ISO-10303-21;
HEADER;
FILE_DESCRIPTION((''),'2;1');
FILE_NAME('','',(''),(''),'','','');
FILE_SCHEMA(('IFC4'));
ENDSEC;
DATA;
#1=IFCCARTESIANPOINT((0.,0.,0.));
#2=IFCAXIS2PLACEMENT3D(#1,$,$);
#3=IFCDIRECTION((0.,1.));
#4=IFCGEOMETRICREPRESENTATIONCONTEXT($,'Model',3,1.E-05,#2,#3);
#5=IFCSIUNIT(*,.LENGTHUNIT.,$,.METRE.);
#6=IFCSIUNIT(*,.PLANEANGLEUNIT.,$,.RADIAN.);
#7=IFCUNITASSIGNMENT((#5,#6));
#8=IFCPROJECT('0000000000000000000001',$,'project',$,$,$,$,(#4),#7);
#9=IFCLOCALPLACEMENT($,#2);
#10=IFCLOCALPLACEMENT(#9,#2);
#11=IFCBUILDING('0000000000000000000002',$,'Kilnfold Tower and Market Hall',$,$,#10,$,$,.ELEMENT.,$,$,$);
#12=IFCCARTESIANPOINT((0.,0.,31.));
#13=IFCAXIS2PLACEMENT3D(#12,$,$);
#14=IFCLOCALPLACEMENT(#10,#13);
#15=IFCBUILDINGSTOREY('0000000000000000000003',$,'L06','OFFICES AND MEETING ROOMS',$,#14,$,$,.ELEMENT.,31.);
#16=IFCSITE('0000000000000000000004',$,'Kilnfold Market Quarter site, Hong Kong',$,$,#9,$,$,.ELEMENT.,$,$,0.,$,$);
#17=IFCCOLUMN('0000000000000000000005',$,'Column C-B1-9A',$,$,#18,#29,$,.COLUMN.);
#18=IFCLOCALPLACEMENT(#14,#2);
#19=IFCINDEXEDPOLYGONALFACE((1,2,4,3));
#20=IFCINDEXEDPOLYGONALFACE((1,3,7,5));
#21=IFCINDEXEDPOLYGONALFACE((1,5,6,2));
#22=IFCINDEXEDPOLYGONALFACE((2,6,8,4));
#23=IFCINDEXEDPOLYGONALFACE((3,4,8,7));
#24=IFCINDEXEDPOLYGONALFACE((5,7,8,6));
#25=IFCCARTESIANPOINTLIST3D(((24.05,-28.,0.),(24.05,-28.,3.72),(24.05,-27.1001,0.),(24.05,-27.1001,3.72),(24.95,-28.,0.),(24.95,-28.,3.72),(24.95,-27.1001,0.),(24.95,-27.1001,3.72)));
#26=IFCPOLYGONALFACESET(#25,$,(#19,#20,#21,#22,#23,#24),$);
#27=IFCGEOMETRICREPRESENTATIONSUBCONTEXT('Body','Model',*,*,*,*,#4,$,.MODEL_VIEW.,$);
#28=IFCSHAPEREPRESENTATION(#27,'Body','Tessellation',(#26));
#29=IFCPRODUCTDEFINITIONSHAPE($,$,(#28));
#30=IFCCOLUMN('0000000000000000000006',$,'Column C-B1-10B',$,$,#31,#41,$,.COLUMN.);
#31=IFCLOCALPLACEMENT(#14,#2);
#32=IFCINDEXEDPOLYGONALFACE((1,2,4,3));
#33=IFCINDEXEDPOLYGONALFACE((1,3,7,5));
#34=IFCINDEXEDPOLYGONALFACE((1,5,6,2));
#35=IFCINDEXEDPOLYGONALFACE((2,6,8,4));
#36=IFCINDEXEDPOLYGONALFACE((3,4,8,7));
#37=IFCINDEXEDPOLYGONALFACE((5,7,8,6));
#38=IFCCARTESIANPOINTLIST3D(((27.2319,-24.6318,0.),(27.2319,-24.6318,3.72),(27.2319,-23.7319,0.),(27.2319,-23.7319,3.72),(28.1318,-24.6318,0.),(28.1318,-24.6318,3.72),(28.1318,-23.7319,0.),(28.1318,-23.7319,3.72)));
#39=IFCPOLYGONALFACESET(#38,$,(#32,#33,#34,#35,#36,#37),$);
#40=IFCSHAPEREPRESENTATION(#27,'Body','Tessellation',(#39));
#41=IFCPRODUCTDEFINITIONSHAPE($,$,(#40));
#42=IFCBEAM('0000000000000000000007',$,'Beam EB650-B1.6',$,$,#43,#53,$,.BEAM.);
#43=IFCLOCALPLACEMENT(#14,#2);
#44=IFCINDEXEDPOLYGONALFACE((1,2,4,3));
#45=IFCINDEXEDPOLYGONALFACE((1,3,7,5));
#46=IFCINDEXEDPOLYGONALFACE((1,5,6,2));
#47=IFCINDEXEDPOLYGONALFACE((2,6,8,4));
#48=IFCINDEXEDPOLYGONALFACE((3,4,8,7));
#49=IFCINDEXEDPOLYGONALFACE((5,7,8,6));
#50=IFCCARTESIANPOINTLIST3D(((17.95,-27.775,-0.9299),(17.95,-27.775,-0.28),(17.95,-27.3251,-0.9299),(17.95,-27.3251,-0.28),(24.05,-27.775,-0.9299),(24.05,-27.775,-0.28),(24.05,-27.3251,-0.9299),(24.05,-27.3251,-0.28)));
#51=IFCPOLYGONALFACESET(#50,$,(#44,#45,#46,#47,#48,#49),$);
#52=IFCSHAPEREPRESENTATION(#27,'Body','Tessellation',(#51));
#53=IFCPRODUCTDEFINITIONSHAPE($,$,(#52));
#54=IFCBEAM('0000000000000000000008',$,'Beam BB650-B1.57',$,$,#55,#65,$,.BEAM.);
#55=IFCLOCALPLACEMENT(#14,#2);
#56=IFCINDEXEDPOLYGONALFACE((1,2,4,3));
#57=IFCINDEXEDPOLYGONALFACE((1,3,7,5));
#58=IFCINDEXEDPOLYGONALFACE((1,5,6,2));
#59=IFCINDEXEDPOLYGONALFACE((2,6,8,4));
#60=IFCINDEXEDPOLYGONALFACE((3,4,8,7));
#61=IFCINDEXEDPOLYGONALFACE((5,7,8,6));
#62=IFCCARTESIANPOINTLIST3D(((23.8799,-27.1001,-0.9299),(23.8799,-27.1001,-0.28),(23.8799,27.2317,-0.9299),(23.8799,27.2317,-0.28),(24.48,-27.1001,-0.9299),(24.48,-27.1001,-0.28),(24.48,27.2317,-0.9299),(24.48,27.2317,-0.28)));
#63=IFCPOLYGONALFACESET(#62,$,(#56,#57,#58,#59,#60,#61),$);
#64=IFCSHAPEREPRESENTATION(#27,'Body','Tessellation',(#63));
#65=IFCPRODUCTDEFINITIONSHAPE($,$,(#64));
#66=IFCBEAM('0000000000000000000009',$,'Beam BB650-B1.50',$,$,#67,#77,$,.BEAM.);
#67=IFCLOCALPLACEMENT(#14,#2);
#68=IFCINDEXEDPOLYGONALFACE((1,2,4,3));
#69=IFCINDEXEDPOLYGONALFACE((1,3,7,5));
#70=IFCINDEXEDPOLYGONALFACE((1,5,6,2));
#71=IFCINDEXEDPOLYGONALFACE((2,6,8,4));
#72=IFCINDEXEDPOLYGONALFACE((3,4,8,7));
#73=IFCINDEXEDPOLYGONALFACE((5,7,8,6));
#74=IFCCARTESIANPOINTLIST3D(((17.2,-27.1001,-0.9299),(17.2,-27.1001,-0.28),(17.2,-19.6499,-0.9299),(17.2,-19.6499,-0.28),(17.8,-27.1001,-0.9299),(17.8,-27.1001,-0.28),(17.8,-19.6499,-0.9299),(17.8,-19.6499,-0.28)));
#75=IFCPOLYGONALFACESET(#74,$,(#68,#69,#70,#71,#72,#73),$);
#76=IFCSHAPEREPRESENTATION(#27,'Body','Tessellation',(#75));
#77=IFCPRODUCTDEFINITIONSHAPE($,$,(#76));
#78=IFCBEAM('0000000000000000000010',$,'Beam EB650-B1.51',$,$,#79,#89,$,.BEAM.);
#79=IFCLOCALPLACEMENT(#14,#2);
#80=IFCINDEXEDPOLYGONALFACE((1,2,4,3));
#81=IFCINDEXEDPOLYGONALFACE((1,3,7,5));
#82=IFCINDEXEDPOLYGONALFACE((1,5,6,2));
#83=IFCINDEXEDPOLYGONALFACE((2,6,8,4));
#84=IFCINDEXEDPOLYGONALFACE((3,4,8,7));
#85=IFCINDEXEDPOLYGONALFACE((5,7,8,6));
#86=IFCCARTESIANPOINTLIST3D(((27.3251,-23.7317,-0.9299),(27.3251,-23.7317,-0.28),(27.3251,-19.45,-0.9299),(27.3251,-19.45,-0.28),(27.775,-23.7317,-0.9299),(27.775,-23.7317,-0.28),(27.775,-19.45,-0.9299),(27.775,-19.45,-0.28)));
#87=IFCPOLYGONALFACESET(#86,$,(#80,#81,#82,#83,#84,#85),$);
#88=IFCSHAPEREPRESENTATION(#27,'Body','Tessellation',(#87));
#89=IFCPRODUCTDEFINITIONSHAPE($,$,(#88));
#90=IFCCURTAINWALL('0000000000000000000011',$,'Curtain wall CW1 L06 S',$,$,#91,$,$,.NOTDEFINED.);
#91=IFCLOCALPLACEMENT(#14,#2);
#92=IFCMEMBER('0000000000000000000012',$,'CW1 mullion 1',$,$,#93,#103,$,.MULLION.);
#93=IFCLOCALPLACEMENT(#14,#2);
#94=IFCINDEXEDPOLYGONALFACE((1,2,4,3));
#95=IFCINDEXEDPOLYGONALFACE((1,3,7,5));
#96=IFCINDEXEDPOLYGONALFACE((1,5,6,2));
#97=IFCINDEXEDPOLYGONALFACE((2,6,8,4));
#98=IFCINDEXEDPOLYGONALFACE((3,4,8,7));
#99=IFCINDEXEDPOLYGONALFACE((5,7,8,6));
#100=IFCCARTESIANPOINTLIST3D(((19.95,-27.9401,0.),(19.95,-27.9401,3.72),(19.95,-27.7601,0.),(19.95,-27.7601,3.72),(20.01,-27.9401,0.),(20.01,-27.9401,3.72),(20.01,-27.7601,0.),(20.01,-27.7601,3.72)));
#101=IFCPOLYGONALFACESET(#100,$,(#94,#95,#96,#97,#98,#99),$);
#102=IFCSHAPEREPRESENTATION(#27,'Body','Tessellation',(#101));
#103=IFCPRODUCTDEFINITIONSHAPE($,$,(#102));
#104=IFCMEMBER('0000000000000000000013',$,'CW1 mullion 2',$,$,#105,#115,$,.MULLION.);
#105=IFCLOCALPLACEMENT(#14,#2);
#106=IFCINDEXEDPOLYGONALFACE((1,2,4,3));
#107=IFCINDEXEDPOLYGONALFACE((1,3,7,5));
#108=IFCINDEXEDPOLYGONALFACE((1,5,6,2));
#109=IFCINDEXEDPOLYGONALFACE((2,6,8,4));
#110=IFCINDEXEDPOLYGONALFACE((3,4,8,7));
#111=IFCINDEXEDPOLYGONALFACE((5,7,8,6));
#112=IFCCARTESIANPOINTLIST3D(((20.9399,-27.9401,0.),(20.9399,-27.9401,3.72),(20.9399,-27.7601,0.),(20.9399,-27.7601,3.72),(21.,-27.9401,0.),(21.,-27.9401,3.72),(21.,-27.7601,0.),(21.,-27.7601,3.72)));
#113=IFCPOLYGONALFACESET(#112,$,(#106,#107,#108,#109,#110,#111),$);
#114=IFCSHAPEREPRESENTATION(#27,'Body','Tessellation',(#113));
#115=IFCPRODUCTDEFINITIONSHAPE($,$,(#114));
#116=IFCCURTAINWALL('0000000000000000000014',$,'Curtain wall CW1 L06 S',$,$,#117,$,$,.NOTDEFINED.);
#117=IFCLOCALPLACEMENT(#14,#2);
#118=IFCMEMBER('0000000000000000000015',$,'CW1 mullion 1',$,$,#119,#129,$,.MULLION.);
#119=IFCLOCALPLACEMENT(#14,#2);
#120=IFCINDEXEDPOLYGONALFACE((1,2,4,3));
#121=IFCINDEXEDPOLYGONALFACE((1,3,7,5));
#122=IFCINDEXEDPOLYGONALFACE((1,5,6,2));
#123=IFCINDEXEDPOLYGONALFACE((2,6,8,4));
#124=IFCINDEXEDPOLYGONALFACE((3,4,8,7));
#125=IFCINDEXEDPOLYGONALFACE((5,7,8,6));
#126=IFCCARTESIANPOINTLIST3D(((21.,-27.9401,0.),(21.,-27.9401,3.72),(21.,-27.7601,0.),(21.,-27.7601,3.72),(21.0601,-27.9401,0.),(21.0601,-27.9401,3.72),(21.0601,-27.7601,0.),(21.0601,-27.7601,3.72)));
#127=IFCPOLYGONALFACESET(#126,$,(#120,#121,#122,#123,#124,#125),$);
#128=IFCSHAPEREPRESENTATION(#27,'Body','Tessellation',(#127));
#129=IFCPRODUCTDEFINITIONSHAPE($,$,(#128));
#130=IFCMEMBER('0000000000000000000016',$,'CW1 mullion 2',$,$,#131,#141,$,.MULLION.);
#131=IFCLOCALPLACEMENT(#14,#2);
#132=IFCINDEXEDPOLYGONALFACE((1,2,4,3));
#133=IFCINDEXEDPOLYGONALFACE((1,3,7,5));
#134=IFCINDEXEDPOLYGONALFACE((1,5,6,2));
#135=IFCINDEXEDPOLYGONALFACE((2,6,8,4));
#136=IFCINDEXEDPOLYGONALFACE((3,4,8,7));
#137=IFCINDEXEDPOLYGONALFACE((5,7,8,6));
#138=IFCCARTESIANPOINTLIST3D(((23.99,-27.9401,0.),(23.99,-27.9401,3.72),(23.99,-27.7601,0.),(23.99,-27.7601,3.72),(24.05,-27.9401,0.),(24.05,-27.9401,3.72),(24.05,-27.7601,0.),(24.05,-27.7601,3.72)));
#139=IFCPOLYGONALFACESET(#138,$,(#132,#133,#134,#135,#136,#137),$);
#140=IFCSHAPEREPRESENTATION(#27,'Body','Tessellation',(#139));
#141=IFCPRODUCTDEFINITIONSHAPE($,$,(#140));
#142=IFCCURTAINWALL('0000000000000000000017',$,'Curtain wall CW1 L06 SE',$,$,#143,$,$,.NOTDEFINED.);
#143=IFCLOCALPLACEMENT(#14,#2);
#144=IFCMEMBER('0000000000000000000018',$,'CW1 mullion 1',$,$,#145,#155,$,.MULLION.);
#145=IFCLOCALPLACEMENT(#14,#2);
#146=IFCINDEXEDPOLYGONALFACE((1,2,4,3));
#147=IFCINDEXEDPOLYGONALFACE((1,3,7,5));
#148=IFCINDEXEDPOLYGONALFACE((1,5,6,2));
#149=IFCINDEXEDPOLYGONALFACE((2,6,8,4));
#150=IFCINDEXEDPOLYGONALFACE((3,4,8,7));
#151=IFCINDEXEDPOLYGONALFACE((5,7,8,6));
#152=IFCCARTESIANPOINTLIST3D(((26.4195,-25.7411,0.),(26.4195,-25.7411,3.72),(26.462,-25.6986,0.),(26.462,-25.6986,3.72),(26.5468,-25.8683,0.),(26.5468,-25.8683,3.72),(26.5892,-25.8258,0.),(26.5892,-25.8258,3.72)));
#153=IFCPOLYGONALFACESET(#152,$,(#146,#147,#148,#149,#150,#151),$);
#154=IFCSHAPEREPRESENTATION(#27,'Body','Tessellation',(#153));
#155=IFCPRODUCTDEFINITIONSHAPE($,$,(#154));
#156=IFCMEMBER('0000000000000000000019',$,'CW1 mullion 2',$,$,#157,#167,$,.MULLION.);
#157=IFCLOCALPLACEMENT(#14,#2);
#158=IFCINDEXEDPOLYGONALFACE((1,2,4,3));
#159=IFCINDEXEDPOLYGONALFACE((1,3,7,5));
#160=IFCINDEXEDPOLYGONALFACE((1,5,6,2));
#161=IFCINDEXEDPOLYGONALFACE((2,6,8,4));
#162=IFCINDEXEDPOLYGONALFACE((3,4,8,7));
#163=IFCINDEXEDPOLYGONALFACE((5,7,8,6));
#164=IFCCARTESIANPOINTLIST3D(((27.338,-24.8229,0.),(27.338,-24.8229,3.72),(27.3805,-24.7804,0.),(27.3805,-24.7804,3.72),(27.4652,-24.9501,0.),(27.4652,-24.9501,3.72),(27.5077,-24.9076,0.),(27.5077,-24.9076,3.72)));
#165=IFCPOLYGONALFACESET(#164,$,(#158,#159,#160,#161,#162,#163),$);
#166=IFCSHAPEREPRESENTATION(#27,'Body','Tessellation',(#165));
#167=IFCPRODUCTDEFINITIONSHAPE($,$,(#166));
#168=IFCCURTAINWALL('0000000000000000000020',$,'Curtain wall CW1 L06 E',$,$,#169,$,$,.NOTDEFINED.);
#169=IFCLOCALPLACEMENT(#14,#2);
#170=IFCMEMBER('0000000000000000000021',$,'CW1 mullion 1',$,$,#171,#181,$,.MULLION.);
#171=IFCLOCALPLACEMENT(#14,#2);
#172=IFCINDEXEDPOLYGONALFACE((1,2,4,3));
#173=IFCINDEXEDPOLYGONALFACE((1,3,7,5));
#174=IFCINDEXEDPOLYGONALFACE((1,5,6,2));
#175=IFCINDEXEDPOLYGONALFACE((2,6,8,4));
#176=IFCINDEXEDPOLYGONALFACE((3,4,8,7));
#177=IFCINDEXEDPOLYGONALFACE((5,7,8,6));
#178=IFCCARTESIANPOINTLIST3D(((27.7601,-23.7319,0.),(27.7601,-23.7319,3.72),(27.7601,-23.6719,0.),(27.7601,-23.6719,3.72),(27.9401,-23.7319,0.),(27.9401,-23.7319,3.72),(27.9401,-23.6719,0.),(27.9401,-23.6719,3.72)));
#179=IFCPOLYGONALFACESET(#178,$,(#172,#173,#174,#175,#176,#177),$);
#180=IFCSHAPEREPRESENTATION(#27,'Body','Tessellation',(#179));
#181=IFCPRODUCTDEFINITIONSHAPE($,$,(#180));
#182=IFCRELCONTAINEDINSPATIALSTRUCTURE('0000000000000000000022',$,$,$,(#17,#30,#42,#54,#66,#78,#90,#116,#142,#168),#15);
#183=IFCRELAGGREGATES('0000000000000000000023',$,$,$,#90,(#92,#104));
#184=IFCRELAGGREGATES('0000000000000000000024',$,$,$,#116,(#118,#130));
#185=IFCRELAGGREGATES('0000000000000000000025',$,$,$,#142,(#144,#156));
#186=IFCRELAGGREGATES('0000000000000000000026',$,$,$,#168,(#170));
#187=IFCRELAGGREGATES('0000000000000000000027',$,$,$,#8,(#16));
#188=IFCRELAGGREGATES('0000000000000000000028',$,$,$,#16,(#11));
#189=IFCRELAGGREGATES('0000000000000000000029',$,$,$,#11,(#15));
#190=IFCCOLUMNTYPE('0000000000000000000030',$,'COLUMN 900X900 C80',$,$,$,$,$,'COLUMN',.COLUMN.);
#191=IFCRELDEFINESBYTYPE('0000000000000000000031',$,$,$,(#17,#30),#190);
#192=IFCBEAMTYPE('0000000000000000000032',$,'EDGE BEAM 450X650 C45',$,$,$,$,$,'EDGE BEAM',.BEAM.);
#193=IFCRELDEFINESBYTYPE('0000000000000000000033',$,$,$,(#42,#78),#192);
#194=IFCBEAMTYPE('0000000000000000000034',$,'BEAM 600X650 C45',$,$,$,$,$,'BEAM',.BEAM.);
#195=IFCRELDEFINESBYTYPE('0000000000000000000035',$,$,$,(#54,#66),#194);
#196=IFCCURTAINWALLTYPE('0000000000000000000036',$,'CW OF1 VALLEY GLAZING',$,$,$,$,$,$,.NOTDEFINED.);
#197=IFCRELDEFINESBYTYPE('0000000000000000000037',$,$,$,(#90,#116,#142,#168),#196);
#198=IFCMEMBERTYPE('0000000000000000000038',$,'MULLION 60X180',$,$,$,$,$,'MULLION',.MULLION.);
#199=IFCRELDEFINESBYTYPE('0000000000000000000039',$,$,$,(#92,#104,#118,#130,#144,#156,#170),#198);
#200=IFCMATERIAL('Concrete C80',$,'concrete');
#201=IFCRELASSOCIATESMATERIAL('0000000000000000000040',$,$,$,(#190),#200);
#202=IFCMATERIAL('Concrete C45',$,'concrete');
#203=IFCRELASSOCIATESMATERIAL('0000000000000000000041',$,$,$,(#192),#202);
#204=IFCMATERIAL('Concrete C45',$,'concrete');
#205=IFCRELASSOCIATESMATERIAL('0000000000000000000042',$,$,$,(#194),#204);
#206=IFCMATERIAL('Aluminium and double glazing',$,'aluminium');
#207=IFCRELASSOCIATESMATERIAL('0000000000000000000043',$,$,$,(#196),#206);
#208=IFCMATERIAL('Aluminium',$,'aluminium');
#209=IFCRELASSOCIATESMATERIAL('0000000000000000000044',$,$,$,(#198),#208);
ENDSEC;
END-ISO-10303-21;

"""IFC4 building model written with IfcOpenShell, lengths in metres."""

from ifc_helpers import new_model, si_unit, direction, frame, origin, origin_2d, place, context, subcontext, project, spatial, rectangle, extrude, source, transform, mapped, material, material_profile, profile_set, type_object, element, aggregate, save


model = new_model("IFC4")

# Units and contexts
model_context = context("Model", 3, precision=1e-05, world=origin(), true_north=direction((0.0, 1.0)))
body_context = subcontext(model_context, "Body", "Model", "MODEL_VIEW")
ifc_project = project(units=[si_unit("LENGTHUNIT", "METRE"), si_unit("PLANEANGLEUNIT", "RADIAN")], contexts=[model_context])

# Site, building, storey
site_placement = place(None, origin())
site = spatial("IfcSite", under=ifc_project, at=site_placement, Name="Kilnfold Market Quarter site, Hong Kong", CompositionType="ELEMENT", RefElevation=0.0)
building_placement = place(site_placement, origin())
building = spatial("IfcBuilding", under=site, at=building_placement, Name="Kilnfold Tower and Market Hall", CompositionType="ELEMENT")
storey_placement = place(building_placement, frame((0.0, 0.0, 31.0)))
storey = spatial("IfcBuildingStorey", under=building, at=storey_placement, Name="L06", Description="OFFICES AND MEETING ROOMS", CompositionType="ELEMENT", Elevation=31.0)

# Columns
ifc_material_1 = material(Name="Concrete C80", Category="concrete")
ifc_material_profile_1 = material_profile(ifc_material_1, rectangle(XDim=0.8999, YDim=0.8999, at=origin_2d()), Name="RC 900x900")
ifc_profile_set_1 = profile_set([ifc_material_profile_1], Name="Concrete C80")
column_type = type_object("IfcColumnType", Name="COLUMN 900X900 C80", ElementType="COLUMN", PredefinedType="COLUMN", material=ifc_profile_set_1)
shared_shape_1 = source(origin(), body_context, "Body", "SweptSolid", [
    extrude(rectangle(XDim=0.8999, YDim=0.8999, at=origin_2d()), origin(), (0.0, 0.0, 1.0), 3.72),
])
for number, where, z_axis, x_axis, name in (
    (1, (24.5, -27.55, 0.0), (0.0, 0.0, 1.0), (1.0, 0.0, 0.0), "Column C-B1-9A"),
    (2, (27.6819, -24.1819, 0.0), (0.0, 0.0, 1.0), (1.0, 0.0, 0.0), "Column C-B1-10B"),
):
    element("IfcColumn", number, at=place(storey_placement, frame(where, z_axis=z_axis, x_axis=x_axis)), inside=storey, type_object=column_type, Name=name, PredefinedType="COLUMN", context=body_context, shape_type="MappedRepresentation", body=[
        mapped(shared_shape_1, transform((0.0, 0.0, 0.0))),
    ])

# Beams
ifc_material_2 = material(Name="Concrete C45", Category="concrete")
ifc_material_profile_2 = material_profile(ifc_material_2, rectangle(XDim=0.45, YDim=0.6499, at=origin_2d()), Name="RC 450x650")
ifc_profile_set_2 = profile_set([ifc_material_profile_2], Name="Concrete C45")
beam_type_1 = type_object("IfcBeamType", Name="EDGE BEAM 450X650 C45", ElementType="EDGE BEAM", PredefinedType="BEAM", material=ifc_profile_set_2)
shared_shape_2 = source(origin(), body_context, "Body", "SweptSolid", [
    extrude(rectangle(XDim=0.45, YDim=0.6499, at=origin_2d()), origin(), (0.0, 0.0, 1.0), 6.1001),
])
beam_1_placement = place(storey_placement, frame((17.95, -27.55, -0.605), z_axis=(1.0, 0.0, 0.0), x_axis=(0.0, 1.0, 0.0)))
element("IfcBeam", 3, at=beam_1_placement, inside=storey, type_object=beam_type_1, Name="Beam EB650-B1.6", PredefinedType="BEAM", context=body_context, shape_type="MappedRepresentation", body=[
    mapped(shared_shape_2, transform((0.0, 0.0, 0.0))),
])
ifc_material_3 = material(Name="Concrete C45", Category="concrete")
ifc_material_profile_3 = material_profile(ifc_material_3, rectangle(XDim=0.6001, YDim=0.6499, at=origin_2d()), Name="RC 600x650")
ifc_profile_set_3 = profile_set([ifc_material_profile_3], Name="Concrete C45")
beam_type_2 = type_object("IfcBeamType", Name="BEAM 600X650 C45", ElementType="BEAM", PredefinedType="BEAM", material=ifc_profile_set_3)
shared_shape_3 = source(origin(), body_context, "Body", "SweptSolid", [
    extrude(rectangle(XDim=0.6001, YDim=0.6499, at=origin_2d()), origin(), (0.0, 0.0, 1.0), 54.3318),
])
beam_2_placement = place(storey_placement, frame((24.1799, -27.1001, -0.605), z_axis=(0.0, 1.0, 0.0), x_axis=(-1.0, 0.0, 0.0)))
element("IfcBeam", 4, at=beam_2_placement, inside=storey, type_object=beam_type_2, Name="Beam BB650-B1.57", PredefinedType="BEAM", context=body_context, shape_type="MappedRepresentation", body=[
    mapped(shared_shape_3, transform((0.0, 0.0, 0.0))),
])
shared_shape_4 = source(origin(), body_context, "Body", "SweptSolid", [
    extrude(rectangle(XDim=0.6001, YDim=0.6499, at=origin_2d()), origin(), (0.0, 0.0, 1.0), 7.4502),
])
beam_3_placement = place(storey_placement, frame((17.5, -27.1001, -0.605), z_axis=(0.0, 1.0, 0.0), x_axis=(-1.0, 0.0, 0.0)))
element("IfcBeam", 5, at=beam_3_placement, inside=storey, type_object=beam_type_2, Name="Beam BB650-B1.50", PredefinedType="BEAM", context=body_context, shape_type="MappedRepresentation", body=[
    mapped(shared_shape_4, transform((0.0, 0.0, 0.0))),
])
shared_shape_5 = source(origin(), body_context, "Body", "SweptSolid", [
    extrude(rectangle(XDim=0.45, YDim=0.6499, at=origin_2d()), origin(), (0.0, 0.0, 1.0), 4.2817),
])
beam_4_placement = place(storey_placement, frame((27.55, -23.7317, -0.605), z_axis=(0.0, 1.0, 0.0), x_axis=(-1.0, 0.0, 0.0)))
element("IfcBeam", 6, at=beam_4_placement, inside=storey, type_object=beam_type_1, Name="Beam EB650-B1.51", PredefinedType="BEAM", context=body_context, shape_type="MappedRepresentation", body=[
    mapped(shared_shape_5, transform((0.0, 0.0, 0.0))),
])

# Curtain walls, members
ifc_material_4 = material(Name="Aluminium and double glazing", Category="aluminium")
curtain_wall_type = type_object("IfcCurtainWallType", Name="CW OF1 VALLEY GLAZING", PredefinedType="NOTDEFINED", material=ifc_material_4)
curtain_wall_1_placement = place(storey_placement, origin())
curtain_wall_1 = element("IfcCurtainWall", 7, at=curtain_wall_1_placement, inside=storey, type_object=curtain_wall_type, Name="Curtain wall CW1 L06 S", PredefinedType="NOTDEFINED")
ifc_material_5 = material(Name="Aluminium", Category="aluminium")
ifc_material_profile_4 = material_profile(ifc_material_5, rectangle(XDim=0.0601, YDim=0.1799, at=origin_2d()), Name="MULLION 60x180")
ifc_profile_set_4 = profile_set([ifc_material_profile_4], Name="Aluminium")
member_type_1 = type_object("IfcMemberType", Name="MULLION 60X180", ElementType="MULLION", PredefinedType="MULLION", material=ifc_profile_set_4)
shared_shape_6 = source(origin(), body_context, "Body", "SweptSolid", [
    extrude(rectangle(XDim=0.0601, YDim=0.1799, at=origin_2d()), origin(), (0.0, 0.0, 1.0), 3.72),
])
member_1_placement = place(storey_placement, frame((19.98, -27.8501, 0.0), z_axis=(0.0, 0.0, 1.0), x_axis=(1.0, 0.0, 0.0)))
member_1 = element("IfcMember", 8, at=member_1_placement, type_object=member_type_1, Name="CW1 mullion 1", PredefinedType="MULLION", context=body_context, shape_type="MappedRepresentation", body=[
    mapped(shared_shape_6, transform((0.0, 0.0, 0.0))),
])
member_2_placement = place(storey_placement, frame((20.97, -27.8501, 0.0), z_axis=(0.0, 0.0, 1.0), x_axis=(1.0, 0.0, 0.0)))
member_2 = element("IfcMember", 9, at=member_2_placement, type_object=member_type_1, Name="CW1 mullion 2", PredefinedType="MULLION", context=body_context, shape_type="MappedRepresentation", body=[
    mapped(shared_shape_6, transform((0.0, 0.0, 0.0))),
])
curtain_wall_2_placement = place(storey_placement, origin())
curtain_wall_2 = element("IfcCurtainWall", 10, at=curtain_wall_2_placement, inside=storey, type_object=curtain_wall_type, Name="Curtain wall CW1 L06 S", PredefinedType="NOTDEFINED")
member_3_placement = place(storey_placement, frame((21.03, -27.8501, 0.0), z_axis=(0.0, 0.0, 1.0), x_axis=(1.0, 0.0, 0.0)))
member_3 = element("IfcMember", 11, at=member_3_placement, type_object=member_type_1, Name="CW1 mullion 1", PredefinedType="MULLION", context=body_context, shape_type="MappedRepresentation", body=[
    mapped(shared_shape_6, transform((0.0, 0.0, 0.0))),
])
member_4_placement = place(storey_placement, frame((24.02, -27.8501, 0.0), z_axis=(0.0, 0.0, 1.0), x_axis=(1.0, 0.0, 0.0)))
member_4 = element("IfcMember", 12, at=member_4_placement, type_object=member_type_1, Name="CW1 mullion 2", PredefinedType="MULLION", context=body_context, shape_type="MappedRepresentation", body=[
    mapped(shared_shape_6, transform((0.0, 0.0, 0.0))),
])
curtain_wall_3_placement = place(storey_placement, origin())
curtain_wall_3 = element("IfcCurtainWall", 13, at=curtain_wall_3_placement, inside=storey, type_object=curtain_wall_type, Name="Curtain wall CW1 L06 SE", PredefinedType="NOTDEFINED")
member_5_placement = place(storey_placement, frame((26.5044, -25.7834, 0.0), z_axis=(0.0, 0.0, 1.0), x_axis=(0.707107, 0.707107, 0.0)))
member_5 = element("IfcMember", 14, at=member_5_placement, type_object=member_type_1, Name="CW1 mullion 1", PredefinedType="MULLION", context=body_context, shape_type="MappedRepresentation", body=[
    mapped(shared_shape_6, transform((0.0, 0.0, 0.0))),
])
member_6_placement = place(storey_placement, frame((27.4229, -24.8652, 0.0), z_axis=(0.0, 0.0, 1.0), x_axis=(0.707107, 0.707107, 0.0)))
member_6 = element("IfcMember", 15, at=member_6_placement, type_object=member_type_1, Name="CW1 mullion 2", PredefinedType="MULLION", context=body_context, shape_type="MappedRepresentation", body=[
    mapped(shared_shape_6, transform((0.0, 0.0, 0.0))),
])

# Curtain wall, member
curtain_wall_4_placement = place(storey_placement, origin())
curtain_wall_4 = element("IfcCurtainWall", 16, at=curtain_wall_4_placement, inside=storey, type_object=curtain_wall_type, Name="Curtain wall CW1 L06 E", PredefinedType="NOTDEFINED")
member_7_placement = place(storey_placement, frame((27.8501, -23.7019, 0.0), z_axis=(0.0, 0.0, 1.0), x_axis=(0.0, 1.0, 0.0)))
member_7 = element("IfcMember", 17, at=member_7_placement, type_object=member_type_1, Name="CW1 mullion 1", PredefinedType="MULLION", context=body_context, shape_type="MappedRepresentation", body=[
    mapped(shared_shape_6, transform((0.0, 0.0, 0.0))),
])

aggregate(curtain_wall_1, [member_1, member_2])
aggregate(curtain_wall_2, [member_3, member_4])
aggregate(curtain_wall_3, [member_5, member_6])
aggregate(curtain_wall_4, [member_7])

save(model, "model.ifc")
